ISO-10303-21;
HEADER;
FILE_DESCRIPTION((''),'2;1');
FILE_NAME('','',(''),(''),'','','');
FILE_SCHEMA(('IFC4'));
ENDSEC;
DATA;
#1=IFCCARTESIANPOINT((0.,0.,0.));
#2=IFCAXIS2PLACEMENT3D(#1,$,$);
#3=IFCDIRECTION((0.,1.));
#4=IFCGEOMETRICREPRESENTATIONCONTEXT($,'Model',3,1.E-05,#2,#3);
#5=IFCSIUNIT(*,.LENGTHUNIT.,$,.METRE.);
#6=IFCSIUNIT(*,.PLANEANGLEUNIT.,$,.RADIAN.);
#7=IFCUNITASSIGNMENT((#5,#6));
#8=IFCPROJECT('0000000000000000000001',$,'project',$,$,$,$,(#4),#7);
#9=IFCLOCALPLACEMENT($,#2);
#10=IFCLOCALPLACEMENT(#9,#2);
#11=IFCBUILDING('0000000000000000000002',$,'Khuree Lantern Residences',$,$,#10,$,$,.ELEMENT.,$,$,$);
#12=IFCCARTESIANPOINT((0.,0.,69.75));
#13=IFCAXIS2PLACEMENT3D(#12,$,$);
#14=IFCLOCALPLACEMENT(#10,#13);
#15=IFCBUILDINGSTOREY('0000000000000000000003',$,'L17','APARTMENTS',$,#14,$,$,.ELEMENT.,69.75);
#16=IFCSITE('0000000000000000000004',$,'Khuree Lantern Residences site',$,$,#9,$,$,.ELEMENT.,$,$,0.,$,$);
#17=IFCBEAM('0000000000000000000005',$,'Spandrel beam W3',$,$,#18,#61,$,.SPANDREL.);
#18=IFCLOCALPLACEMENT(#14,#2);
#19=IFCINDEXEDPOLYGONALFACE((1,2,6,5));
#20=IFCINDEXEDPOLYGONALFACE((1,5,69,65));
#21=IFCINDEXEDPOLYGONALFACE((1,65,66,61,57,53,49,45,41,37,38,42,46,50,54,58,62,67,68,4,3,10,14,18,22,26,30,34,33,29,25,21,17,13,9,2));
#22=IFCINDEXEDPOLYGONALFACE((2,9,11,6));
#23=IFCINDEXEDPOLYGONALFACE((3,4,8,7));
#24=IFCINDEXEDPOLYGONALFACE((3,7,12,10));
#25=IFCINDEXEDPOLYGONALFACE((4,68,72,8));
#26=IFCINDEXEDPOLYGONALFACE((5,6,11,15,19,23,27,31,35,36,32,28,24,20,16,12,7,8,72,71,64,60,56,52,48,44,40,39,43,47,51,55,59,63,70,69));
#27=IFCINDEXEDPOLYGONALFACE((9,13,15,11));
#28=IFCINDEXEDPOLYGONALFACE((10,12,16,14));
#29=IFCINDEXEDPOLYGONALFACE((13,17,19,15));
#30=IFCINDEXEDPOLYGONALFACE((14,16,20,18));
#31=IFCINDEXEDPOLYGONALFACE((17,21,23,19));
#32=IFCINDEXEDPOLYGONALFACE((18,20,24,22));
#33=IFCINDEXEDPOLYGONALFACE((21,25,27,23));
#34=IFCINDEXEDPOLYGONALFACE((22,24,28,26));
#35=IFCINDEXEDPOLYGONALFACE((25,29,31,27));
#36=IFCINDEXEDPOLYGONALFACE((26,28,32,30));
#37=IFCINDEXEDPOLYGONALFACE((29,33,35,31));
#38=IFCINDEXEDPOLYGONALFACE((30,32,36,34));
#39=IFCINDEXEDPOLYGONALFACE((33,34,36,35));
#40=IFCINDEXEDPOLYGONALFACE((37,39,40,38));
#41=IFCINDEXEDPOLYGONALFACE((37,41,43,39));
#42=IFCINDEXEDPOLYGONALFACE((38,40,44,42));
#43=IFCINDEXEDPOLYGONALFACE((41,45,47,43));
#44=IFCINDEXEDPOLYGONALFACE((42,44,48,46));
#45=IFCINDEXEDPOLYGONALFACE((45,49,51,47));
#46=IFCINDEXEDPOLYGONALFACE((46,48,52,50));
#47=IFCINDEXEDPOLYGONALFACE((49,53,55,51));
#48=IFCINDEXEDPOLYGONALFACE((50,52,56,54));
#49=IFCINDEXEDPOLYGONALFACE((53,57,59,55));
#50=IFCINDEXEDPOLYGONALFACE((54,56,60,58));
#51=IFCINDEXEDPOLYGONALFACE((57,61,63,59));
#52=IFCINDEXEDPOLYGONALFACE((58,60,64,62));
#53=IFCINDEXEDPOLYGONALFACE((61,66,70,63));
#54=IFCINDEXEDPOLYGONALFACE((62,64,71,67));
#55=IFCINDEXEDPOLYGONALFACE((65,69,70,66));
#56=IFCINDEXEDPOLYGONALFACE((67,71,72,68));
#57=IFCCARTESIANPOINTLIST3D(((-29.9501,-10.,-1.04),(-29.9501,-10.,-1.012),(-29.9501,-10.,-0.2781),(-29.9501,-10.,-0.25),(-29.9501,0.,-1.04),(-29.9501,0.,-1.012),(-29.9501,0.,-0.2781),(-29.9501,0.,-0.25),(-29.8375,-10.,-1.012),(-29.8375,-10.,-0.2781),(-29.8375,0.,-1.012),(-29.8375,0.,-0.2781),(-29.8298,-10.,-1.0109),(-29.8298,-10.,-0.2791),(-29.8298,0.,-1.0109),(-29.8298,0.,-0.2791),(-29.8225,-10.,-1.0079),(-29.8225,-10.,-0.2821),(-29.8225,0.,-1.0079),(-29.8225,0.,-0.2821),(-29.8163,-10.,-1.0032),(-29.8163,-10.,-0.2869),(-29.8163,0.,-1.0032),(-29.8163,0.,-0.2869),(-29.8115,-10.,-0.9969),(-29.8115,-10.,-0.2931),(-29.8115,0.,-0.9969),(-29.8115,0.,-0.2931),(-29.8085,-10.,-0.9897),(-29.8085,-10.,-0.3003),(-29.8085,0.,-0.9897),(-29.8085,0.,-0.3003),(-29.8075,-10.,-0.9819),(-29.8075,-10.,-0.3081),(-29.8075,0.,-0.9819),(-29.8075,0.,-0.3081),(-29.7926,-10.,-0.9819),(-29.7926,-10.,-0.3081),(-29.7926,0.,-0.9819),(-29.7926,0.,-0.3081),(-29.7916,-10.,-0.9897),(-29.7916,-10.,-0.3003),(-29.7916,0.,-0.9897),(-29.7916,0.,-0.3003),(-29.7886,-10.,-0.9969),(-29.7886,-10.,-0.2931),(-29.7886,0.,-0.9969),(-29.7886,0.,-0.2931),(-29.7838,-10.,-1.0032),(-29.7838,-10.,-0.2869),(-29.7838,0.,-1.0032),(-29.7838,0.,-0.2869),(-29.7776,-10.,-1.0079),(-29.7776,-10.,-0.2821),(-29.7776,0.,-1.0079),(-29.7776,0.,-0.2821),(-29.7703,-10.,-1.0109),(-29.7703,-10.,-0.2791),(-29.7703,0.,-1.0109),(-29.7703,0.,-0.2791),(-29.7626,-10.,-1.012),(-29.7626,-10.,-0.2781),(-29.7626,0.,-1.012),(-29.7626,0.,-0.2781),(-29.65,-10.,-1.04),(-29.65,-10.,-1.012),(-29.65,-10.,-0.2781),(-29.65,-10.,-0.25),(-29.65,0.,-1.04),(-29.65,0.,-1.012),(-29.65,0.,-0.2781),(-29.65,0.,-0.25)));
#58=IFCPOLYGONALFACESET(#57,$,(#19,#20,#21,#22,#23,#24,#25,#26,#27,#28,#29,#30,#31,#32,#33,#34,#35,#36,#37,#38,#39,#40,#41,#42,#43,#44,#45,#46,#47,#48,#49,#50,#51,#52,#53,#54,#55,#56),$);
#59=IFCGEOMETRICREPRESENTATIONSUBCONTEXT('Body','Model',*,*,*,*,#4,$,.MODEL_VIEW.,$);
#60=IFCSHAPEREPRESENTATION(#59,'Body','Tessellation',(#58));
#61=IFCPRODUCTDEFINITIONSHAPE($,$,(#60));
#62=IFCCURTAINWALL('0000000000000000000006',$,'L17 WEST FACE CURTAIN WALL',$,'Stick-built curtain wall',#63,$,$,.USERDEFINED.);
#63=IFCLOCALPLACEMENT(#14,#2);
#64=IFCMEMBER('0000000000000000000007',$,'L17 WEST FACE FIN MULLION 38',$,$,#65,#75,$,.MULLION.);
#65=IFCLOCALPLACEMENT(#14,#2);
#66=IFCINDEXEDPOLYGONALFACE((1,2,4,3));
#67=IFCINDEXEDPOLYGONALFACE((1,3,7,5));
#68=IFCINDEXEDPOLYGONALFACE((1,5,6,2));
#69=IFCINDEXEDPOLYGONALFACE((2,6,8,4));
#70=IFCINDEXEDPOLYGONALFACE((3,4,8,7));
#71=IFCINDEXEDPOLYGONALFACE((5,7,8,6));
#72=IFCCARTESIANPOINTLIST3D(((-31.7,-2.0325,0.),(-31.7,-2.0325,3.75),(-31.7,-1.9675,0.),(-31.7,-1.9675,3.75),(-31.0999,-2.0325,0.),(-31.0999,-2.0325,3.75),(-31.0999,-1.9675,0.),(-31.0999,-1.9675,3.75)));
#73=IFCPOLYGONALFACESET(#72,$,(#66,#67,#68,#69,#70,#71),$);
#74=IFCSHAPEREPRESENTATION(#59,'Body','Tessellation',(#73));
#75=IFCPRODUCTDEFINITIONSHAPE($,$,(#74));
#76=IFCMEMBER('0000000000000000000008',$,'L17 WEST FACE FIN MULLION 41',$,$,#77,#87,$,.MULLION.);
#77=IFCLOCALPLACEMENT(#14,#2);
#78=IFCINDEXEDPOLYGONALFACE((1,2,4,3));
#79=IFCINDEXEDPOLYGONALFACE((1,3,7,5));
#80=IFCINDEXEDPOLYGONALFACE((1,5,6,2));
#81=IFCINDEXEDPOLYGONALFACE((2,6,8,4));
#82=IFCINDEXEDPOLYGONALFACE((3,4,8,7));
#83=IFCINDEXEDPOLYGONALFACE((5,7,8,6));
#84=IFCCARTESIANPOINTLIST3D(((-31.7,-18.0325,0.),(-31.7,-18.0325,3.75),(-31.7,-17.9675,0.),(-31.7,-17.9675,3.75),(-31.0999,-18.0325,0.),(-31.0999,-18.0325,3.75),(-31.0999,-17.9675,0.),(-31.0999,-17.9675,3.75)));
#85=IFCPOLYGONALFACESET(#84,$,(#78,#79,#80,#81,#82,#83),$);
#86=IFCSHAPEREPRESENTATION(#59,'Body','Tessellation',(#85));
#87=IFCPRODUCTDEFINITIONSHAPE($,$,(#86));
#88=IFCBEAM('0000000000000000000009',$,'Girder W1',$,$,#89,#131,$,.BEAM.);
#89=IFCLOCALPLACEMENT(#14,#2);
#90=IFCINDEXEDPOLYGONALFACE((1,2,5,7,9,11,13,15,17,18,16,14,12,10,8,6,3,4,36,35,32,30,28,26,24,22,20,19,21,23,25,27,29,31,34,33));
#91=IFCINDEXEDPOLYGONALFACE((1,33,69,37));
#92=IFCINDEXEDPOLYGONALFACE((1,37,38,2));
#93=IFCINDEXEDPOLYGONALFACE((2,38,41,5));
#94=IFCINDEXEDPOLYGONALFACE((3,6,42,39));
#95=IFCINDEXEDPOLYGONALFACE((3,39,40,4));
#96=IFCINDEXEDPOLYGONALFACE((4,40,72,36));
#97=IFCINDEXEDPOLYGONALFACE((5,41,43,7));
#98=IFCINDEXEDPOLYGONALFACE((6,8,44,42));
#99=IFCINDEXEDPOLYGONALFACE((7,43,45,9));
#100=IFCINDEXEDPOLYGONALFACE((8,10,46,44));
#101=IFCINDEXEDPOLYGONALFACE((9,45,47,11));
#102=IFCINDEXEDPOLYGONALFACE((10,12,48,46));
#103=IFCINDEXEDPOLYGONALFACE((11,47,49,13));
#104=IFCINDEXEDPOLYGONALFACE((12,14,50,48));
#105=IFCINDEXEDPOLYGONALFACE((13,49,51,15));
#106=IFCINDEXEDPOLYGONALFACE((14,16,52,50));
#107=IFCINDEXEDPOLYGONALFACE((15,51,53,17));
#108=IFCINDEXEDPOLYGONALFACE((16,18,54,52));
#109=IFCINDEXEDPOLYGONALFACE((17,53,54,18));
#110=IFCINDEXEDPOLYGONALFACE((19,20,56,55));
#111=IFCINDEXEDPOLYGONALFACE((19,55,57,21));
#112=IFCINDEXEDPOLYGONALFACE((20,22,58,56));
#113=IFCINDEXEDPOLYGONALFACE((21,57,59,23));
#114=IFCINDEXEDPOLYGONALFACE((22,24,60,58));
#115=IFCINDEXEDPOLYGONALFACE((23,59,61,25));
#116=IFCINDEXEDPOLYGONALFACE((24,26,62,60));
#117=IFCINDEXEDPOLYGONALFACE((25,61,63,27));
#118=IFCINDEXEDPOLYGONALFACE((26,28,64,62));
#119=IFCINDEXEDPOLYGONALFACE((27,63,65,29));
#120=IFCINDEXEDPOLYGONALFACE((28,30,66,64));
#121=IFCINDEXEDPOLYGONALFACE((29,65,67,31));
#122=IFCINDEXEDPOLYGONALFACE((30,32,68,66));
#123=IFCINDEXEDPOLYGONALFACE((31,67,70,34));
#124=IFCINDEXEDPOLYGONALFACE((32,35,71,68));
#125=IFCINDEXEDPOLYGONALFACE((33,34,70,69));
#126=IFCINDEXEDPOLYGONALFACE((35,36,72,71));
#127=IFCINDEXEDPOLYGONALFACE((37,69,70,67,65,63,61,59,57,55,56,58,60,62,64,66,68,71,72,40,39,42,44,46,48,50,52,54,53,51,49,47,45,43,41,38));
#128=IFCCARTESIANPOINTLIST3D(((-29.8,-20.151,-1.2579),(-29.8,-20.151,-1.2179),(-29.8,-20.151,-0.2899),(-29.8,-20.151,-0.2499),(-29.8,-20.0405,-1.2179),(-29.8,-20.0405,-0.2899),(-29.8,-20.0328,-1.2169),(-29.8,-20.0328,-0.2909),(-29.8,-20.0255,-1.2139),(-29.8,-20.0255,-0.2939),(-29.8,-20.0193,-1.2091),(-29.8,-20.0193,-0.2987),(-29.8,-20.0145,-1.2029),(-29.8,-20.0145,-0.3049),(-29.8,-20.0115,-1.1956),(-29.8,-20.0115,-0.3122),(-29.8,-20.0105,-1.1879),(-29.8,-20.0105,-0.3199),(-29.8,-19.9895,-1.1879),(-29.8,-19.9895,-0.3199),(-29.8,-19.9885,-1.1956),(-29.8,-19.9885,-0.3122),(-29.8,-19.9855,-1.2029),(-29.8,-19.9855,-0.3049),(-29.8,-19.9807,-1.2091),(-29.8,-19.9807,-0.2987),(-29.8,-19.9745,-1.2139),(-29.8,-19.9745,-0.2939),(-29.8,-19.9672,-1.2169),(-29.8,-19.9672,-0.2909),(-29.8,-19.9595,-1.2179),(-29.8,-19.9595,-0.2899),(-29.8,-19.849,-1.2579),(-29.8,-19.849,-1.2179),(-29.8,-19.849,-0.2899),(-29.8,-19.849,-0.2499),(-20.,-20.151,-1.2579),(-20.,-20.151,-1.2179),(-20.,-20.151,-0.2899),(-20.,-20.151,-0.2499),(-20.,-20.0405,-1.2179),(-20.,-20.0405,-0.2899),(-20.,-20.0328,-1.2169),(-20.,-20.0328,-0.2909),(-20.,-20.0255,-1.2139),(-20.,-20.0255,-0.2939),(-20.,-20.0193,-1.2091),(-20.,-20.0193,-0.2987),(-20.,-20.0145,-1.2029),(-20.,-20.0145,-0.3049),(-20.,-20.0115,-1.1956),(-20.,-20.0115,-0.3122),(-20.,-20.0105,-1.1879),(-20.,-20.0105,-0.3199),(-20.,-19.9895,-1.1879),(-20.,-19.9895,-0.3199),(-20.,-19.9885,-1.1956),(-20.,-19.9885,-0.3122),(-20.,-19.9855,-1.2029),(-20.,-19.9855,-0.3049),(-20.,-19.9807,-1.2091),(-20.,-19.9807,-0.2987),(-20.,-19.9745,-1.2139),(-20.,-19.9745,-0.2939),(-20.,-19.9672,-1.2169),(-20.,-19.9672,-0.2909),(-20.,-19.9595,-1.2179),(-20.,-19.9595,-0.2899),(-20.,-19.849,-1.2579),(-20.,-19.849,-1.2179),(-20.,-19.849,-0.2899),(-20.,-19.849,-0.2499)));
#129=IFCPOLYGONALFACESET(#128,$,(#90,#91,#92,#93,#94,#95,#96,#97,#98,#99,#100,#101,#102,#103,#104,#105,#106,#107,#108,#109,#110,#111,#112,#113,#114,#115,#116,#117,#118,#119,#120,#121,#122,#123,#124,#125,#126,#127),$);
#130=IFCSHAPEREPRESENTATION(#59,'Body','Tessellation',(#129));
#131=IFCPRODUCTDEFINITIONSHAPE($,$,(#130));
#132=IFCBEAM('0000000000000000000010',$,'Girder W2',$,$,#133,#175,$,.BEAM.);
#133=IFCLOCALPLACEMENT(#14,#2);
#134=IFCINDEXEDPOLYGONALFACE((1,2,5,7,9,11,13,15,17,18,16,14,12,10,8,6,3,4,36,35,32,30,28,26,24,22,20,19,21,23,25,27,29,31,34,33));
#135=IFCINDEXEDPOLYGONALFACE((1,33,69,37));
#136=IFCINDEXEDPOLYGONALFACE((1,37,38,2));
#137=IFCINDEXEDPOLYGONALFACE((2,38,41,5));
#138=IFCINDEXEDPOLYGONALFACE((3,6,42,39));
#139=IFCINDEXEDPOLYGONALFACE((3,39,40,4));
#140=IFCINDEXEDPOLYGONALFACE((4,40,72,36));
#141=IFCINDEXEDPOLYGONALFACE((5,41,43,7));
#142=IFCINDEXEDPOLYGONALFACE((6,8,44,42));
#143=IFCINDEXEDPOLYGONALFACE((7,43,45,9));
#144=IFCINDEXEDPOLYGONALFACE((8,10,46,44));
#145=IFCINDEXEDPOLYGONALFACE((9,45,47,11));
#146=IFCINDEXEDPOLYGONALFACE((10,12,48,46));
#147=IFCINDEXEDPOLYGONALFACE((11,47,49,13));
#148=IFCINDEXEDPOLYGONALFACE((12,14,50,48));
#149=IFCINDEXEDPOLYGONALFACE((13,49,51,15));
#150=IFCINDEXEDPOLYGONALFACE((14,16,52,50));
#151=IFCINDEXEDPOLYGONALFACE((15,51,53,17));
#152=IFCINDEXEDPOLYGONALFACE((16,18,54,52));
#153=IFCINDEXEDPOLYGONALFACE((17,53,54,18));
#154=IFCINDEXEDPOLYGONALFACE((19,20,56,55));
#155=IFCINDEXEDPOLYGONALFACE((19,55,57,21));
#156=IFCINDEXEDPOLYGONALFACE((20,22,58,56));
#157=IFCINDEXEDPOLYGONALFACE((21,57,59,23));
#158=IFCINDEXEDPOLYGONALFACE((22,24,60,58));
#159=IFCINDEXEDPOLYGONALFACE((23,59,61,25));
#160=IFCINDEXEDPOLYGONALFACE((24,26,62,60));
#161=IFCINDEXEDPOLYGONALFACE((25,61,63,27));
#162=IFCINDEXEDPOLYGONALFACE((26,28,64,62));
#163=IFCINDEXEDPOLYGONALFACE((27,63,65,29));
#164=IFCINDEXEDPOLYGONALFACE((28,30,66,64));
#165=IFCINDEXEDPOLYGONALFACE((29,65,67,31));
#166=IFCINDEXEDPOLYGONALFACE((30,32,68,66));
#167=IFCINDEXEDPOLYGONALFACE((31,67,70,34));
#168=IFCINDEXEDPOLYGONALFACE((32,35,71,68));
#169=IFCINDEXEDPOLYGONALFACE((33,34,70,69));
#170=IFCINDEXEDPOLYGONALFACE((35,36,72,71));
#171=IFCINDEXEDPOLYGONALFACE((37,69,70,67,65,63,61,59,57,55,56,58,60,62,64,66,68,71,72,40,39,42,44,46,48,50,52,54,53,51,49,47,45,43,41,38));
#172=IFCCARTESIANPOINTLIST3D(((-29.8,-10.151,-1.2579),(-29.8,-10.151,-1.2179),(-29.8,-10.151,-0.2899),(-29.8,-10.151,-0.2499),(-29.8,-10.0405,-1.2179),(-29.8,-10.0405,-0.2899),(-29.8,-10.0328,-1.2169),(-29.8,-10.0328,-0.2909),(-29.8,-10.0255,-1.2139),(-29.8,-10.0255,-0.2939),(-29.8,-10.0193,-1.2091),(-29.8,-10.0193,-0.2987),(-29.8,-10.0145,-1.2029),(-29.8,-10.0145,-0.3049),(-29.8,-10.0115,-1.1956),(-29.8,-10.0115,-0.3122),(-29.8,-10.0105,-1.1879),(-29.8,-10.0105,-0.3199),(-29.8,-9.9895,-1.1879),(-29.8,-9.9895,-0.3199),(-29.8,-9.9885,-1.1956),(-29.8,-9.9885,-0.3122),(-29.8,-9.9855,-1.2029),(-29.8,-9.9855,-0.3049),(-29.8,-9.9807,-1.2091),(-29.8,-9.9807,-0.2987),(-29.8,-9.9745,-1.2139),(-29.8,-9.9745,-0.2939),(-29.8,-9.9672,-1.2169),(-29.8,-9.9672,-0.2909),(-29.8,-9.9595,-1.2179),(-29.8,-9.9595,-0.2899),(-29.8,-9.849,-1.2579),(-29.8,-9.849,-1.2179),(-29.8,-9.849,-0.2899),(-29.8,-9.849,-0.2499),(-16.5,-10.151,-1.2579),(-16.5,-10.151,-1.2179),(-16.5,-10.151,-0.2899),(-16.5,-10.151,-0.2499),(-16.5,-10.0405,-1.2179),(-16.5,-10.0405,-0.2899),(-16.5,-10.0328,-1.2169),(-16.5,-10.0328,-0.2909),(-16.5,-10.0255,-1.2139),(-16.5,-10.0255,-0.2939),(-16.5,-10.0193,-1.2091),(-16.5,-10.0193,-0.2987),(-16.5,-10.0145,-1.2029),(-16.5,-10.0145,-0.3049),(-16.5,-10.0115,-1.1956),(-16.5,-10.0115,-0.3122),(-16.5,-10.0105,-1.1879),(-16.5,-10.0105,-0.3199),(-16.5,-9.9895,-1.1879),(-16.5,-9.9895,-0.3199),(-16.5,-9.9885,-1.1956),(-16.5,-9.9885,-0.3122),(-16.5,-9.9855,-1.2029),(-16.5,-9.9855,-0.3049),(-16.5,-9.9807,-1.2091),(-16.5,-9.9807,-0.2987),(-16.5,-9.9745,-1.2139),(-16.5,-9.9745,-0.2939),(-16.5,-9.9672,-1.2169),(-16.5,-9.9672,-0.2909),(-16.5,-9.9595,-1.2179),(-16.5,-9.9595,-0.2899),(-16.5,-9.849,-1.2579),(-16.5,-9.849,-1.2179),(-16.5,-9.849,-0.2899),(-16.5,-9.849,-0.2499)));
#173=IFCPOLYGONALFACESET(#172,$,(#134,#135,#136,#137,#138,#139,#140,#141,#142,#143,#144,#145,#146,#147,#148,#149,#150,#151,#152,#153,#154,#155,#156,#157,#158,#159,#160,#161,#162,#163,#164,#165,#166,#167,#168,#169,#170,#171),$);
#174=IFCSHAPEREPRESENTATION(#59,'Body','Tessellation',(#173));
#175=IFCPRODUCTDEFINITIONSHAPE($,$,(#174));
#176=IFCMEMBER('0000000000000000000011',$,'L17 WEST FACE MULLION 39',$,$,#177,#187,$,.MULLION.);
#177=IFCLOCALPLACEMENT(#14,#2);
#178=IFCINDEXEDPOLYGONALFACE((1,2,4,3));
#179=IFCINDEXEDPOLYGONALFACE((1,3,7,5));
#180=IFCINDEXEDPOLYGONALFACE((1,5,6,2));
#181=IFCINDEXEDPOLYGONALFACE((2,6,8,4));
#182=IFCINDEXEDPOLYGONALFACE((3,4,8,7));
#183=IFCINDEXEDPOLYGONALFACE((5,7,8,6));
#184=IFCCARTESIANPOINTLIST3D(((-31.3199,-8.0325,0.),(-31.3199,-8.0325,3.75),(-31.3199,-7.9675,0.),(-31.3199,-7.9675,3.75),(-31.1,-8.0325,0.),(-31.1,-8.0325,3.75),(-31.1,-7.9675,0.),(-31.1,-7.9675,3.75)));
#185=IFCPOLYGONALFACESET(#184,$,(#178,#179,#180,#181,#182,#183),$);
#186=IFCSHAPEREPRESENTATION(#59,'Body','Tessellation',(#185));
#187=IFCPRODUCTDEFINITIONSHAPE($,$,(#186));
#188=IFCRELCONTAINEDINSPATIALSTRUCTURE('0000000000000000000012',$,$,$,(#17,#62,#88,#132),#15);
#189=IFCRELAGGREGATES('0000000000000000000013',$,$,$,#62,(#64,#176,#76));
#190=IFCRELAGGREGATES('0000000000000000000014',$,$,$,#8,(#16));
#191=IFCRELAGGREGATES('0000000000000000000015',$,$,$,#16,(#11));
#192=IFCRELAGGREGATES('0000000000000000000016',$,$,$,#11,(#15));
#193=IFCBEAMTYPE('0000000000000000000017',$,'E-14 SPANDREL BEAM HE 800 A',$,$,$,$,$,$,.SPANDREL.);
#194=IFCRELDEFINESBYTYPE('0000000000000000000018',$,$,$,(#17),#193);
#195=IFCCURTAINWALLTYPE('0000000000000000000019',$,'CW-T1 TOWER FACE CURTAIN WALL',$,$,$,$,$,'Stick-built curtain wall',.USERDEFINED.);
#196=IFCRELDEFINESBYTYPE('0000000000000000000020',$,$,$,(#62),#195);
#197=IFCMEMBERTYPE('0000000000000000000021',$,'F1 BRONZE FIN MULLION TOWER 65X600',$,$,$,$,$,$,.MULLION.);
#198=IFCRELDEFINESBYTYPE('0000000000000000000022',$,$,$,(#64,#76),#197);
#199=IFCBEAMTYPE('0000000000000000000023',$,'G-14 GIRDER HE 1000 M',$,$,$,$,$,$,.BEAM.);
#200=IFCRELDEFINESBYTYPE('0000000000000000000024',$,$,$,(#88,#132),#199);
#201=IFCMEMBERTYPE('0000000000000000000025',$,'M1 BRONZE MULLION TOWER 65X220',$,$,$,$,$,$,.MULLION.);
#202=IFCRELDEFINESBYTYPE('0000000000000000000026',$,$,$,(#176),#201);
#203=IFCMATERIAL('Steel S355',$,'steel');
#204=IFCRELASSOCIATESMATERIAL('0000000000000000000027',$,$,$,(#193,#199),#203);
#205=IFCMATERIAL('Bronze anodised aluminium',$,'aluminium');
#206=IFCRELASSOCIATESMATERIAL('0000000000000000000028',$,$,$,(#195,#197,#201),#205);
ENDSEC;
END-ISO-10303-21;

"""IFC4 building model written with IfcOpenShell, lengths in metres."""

from ifc_helpers import new_model, si_unit, direction, frame, origin, origin_2d, place, context, subcontext, project, spatial, rectangle, i_section, extrude, material, material_profile, profile_set, type_object, element, aggregate, save


model = new_model("IFC4")

# Units and contexts
model_context = context("Model", 3, precision=1e-05, world=origin(), true_north=direction((0.0, 1.0)))
body_context = subcontext(model_context, "Body", "Model", "MODEL_VIEW")
ifc_project = project(units=[si_unit("LENGTHUNIT", "METRE"), si_unit("PLANEANGLEUNIT", "RADIAN")], contexts=[model_context])

# Site, building, storey
site_placement = place(None, origin())
site = spatial("IfcSite", under=ifc_project, at=site_placement, Name="Khuree Lantern Residences site", CompositionType="ELEMENT", RefElevation=0.0)
building_placement = place(site_placement, origin())
building = spatial("IfcBuilding", under=site, at=building_placement, Name="Khuree Lantern Residences", CompositionType="ELEMENT")
storey_placement = place(building_placement, frame((0.0, 0.0, 69.75)))
storey = spatial("IfcBuildingStorey", under=building, at=storey_placement, Name="L17", Description="APARTMENTS", CompositionType="ELEMENT", Elevation=69.75)

# Beam
ifc_material_1 = material(Name="Steel S355", Category="steel")
ifc_material_profile_1 = material_profile(ifc_material_1, i_section(OverallWidth=0.3, OverallDepth=0.79, WebThickness=0.0149, FlangeThickness=0.0281, FilletRadius=0.03, at=origin_2d()), Name="HE 800 A")
ifc_profile_set_1 = profile_set([ifc_material_profile_1], Name="Steel S355")
beam_type_1 = type_object("IfcBeamType", Name="E-14 SPANDREL BEAM HE 800 A", PredefinedType="SPANDREL", material=ifc_profile_set_1)
for number, where, z_axis, x_axis, name in (
    (1, (-29.8, -10.0, -0.645), (0.0, 1.0, 0.0), (-1.0, 0.0, 0.0), "Spandrel beam W3"),
):
    element("IfcBeam", number, at=place(storey_placement, frame(where, z_axis=z_axis, x_axis=x_axis)), inside=storey, type_object=beam_type_1, Name=name, PredefinedType="SPANDREL", context=body_context, shape_type="SweptSolid", body=[
        extrude(i_section(OverallWidth=0.3, OverallDepth=0.79, WebThickness=0.0149, FlangeThickness=0.0281, FilletRadius=0.03, at=origin_2d()), origin(), (0.0, 0.0, 1.0), 10.0),
    ])

# Curtain wall, members
ifc_material_2 = material(Name="Bronze anodised aluminium", Category="aluminium")
curtain_wall_type = type_object("IfcCurtainWallType", Name="CW-T1 TOWER FACE CURTAIN WALL", ElementType="Stick-built curtain wall", PredefinedType="USERDEFINED", material=ifc_material_2)
curtain_wall_placement = place(storey_placement, origin())
curtain_wall = element("IfcCurtainWall", 2, at=curtain_wall_placement, inside=storey, type_object=curtain_wall_type, Name="L17 WEST FACE CURTAIN WALL", ObjectType="Stick-built curtain wall", PredefinedType="USERDEFINED")
ifc_material_profile_2 = material_profile(ifc_material_2, rectangle(XDim=0.0649, YDim=0.6001, at=origin_2d()), Name="F1 65X600")
ifc_profile_set_2 = profile_set([ifc_material_profile_2], Name="Bronze anodised aluminium")
member_type_1 = type_object("IfcMemberType", Name="F1 BRONZE FIN MULLION TOWER 65X600", PredefinedType="MULLION", material=ifc_profile_set_2)
member_1_placement = place(storey_placement, frame((-31.3999, -2.0, 0.0), z_axis=(0.0, 0.0, 1.0), x_axis=(0.0, -1.0, 0.0)))
member_1 = element("IfcMember", 3, at=member_1_placement, type_object=member_type_1, Name="L17 WEST FACE FIN MULLION 38", PredefinedType="MULLION", context=body_context, shape_type="SweptSolid", body=[
    extrude(rectangle(XDim=0.0649, YDim=0.6001, at=origin_2d()), origin(), (0.0, 0.0, 1.0), 3.75),
])
member_2_placement = place(storey_placement, frame((-31.3999, -18.0, 0.0), z_axis=(0.0, 0.0, 1.0), x_axis=(0.0, -1.0, 0.0)))
member_2 = element("IfcMember", 4, at=member_2_placement, type_object=member_type_1, Name="L17 WEST FACE FIN MULLION 41", PredefinedType="MULLION", context=body_context, shape_type="SweptSolid", body=[
    extrude(rectangle(XDim=0.0649, YDim=0.6001, at=origin_2d()), origin(), (0.0, 0.0, 1.0), 3.75),
])

# Beams
ifc_material_profile_3 = material_profile(ifc_material_1, i_section(OverallWidth=0.302, OverallDepth=1.0081, WebThickness=0.021, FlangeThickness=0.04, FilletRadius=0.03, at=origin_2d()), Name="HE 1000 M")
ifc_profile_set_3 = profile_set([ifc_material_profile_3], Name="Steel S355")
beam_type_2 = type_object("IfcBeamType", Name="G-14 GIRDER HE 1000 M", PredefinedType="BEAM", material=ifc_profile_set_3)
beam_1_placement = place(storey_placement, frame((-29.8, -20.0, -0.7539), z_axis=(1.0, 0.0, 0.0), x_axis=(0.0, 1.0, 0.0)))
element("IfcBeam", 5, at=beam_1_placement, inside=storey, type_object=beam_type_2, Name="Girder W1", PredefinedType="BEAM", context=body_context, shape_type="SweptSolid", body=[
    extrude(i_section(OverallWidth=0.302, OverallDepth=1.0081, WebThickness=0.021, FlangeThickness=0.04, FilletRadius=0.03, at=origin_2d()), origin(), (0.0, 0.0, 1.0), 9.8),
])
beam_2_placement = place(storey_placement, frame((-29.8, -10.0, -0.7539), z_axis=(1.0, 0.0, 0.0), x_axis=(0.0, 1.0, 0.0)))
element("IfcBeam", 6, at=beam_2_placement, inside=storey, type_object=beam_type_2, Name="Girder W2", PredefinedType="BEAM", context=body_context, shape_type="SweptSolid", body=[
    extrude(i_section(OverallWidth=0.302, OverallDepth=1.0081, WebThickness=0.021, FlangeThickness=0.04, FilletRadius=0.03, at=origin_2d()), origin(), (0.0, 0.0, 1.0), 13.3),
])

# Member
ifc_material_profile_4 = material_profile(ifc_material_2, rectangle(XDim=0.0649, YDim=0.22, at=origin_2d()), Name="M1 65X220")
ifc_profile_set_4 = profile_set([ifc_material_profile_4], Name="Bronze anodised aluminium")
member_type_2 = type_object("IfcMemberType", Name="M1 BRONZE MULLION TOWER 65X220", PredefinedType="MULLION", material=ifc_profile_set_4)
member_3_placement = place(storey_placement, frame((-31.21, -8.0, 0.0), z_axis=(0.0, 0.0, 1.0), x_axis=(0.0, -1.0, 0.0)))
member_3 = element("IfcMember", 7, at=member_3_placement, type_object=member_type_2, Name="L17 WEST FACE MULLION 39", PredefinedType="MULLION", context=body_context, shape_type="SweptSolid", body=[
    extrude(rectangle(XDim=0.0649, YDim=0.22, at=origin_2d()), origin(), (0.0, 0.0, 1.0), 3.75),
])

aggregate(curtain_wall, [member_1, member_3, member_2])

save(model, "model.ifc")
